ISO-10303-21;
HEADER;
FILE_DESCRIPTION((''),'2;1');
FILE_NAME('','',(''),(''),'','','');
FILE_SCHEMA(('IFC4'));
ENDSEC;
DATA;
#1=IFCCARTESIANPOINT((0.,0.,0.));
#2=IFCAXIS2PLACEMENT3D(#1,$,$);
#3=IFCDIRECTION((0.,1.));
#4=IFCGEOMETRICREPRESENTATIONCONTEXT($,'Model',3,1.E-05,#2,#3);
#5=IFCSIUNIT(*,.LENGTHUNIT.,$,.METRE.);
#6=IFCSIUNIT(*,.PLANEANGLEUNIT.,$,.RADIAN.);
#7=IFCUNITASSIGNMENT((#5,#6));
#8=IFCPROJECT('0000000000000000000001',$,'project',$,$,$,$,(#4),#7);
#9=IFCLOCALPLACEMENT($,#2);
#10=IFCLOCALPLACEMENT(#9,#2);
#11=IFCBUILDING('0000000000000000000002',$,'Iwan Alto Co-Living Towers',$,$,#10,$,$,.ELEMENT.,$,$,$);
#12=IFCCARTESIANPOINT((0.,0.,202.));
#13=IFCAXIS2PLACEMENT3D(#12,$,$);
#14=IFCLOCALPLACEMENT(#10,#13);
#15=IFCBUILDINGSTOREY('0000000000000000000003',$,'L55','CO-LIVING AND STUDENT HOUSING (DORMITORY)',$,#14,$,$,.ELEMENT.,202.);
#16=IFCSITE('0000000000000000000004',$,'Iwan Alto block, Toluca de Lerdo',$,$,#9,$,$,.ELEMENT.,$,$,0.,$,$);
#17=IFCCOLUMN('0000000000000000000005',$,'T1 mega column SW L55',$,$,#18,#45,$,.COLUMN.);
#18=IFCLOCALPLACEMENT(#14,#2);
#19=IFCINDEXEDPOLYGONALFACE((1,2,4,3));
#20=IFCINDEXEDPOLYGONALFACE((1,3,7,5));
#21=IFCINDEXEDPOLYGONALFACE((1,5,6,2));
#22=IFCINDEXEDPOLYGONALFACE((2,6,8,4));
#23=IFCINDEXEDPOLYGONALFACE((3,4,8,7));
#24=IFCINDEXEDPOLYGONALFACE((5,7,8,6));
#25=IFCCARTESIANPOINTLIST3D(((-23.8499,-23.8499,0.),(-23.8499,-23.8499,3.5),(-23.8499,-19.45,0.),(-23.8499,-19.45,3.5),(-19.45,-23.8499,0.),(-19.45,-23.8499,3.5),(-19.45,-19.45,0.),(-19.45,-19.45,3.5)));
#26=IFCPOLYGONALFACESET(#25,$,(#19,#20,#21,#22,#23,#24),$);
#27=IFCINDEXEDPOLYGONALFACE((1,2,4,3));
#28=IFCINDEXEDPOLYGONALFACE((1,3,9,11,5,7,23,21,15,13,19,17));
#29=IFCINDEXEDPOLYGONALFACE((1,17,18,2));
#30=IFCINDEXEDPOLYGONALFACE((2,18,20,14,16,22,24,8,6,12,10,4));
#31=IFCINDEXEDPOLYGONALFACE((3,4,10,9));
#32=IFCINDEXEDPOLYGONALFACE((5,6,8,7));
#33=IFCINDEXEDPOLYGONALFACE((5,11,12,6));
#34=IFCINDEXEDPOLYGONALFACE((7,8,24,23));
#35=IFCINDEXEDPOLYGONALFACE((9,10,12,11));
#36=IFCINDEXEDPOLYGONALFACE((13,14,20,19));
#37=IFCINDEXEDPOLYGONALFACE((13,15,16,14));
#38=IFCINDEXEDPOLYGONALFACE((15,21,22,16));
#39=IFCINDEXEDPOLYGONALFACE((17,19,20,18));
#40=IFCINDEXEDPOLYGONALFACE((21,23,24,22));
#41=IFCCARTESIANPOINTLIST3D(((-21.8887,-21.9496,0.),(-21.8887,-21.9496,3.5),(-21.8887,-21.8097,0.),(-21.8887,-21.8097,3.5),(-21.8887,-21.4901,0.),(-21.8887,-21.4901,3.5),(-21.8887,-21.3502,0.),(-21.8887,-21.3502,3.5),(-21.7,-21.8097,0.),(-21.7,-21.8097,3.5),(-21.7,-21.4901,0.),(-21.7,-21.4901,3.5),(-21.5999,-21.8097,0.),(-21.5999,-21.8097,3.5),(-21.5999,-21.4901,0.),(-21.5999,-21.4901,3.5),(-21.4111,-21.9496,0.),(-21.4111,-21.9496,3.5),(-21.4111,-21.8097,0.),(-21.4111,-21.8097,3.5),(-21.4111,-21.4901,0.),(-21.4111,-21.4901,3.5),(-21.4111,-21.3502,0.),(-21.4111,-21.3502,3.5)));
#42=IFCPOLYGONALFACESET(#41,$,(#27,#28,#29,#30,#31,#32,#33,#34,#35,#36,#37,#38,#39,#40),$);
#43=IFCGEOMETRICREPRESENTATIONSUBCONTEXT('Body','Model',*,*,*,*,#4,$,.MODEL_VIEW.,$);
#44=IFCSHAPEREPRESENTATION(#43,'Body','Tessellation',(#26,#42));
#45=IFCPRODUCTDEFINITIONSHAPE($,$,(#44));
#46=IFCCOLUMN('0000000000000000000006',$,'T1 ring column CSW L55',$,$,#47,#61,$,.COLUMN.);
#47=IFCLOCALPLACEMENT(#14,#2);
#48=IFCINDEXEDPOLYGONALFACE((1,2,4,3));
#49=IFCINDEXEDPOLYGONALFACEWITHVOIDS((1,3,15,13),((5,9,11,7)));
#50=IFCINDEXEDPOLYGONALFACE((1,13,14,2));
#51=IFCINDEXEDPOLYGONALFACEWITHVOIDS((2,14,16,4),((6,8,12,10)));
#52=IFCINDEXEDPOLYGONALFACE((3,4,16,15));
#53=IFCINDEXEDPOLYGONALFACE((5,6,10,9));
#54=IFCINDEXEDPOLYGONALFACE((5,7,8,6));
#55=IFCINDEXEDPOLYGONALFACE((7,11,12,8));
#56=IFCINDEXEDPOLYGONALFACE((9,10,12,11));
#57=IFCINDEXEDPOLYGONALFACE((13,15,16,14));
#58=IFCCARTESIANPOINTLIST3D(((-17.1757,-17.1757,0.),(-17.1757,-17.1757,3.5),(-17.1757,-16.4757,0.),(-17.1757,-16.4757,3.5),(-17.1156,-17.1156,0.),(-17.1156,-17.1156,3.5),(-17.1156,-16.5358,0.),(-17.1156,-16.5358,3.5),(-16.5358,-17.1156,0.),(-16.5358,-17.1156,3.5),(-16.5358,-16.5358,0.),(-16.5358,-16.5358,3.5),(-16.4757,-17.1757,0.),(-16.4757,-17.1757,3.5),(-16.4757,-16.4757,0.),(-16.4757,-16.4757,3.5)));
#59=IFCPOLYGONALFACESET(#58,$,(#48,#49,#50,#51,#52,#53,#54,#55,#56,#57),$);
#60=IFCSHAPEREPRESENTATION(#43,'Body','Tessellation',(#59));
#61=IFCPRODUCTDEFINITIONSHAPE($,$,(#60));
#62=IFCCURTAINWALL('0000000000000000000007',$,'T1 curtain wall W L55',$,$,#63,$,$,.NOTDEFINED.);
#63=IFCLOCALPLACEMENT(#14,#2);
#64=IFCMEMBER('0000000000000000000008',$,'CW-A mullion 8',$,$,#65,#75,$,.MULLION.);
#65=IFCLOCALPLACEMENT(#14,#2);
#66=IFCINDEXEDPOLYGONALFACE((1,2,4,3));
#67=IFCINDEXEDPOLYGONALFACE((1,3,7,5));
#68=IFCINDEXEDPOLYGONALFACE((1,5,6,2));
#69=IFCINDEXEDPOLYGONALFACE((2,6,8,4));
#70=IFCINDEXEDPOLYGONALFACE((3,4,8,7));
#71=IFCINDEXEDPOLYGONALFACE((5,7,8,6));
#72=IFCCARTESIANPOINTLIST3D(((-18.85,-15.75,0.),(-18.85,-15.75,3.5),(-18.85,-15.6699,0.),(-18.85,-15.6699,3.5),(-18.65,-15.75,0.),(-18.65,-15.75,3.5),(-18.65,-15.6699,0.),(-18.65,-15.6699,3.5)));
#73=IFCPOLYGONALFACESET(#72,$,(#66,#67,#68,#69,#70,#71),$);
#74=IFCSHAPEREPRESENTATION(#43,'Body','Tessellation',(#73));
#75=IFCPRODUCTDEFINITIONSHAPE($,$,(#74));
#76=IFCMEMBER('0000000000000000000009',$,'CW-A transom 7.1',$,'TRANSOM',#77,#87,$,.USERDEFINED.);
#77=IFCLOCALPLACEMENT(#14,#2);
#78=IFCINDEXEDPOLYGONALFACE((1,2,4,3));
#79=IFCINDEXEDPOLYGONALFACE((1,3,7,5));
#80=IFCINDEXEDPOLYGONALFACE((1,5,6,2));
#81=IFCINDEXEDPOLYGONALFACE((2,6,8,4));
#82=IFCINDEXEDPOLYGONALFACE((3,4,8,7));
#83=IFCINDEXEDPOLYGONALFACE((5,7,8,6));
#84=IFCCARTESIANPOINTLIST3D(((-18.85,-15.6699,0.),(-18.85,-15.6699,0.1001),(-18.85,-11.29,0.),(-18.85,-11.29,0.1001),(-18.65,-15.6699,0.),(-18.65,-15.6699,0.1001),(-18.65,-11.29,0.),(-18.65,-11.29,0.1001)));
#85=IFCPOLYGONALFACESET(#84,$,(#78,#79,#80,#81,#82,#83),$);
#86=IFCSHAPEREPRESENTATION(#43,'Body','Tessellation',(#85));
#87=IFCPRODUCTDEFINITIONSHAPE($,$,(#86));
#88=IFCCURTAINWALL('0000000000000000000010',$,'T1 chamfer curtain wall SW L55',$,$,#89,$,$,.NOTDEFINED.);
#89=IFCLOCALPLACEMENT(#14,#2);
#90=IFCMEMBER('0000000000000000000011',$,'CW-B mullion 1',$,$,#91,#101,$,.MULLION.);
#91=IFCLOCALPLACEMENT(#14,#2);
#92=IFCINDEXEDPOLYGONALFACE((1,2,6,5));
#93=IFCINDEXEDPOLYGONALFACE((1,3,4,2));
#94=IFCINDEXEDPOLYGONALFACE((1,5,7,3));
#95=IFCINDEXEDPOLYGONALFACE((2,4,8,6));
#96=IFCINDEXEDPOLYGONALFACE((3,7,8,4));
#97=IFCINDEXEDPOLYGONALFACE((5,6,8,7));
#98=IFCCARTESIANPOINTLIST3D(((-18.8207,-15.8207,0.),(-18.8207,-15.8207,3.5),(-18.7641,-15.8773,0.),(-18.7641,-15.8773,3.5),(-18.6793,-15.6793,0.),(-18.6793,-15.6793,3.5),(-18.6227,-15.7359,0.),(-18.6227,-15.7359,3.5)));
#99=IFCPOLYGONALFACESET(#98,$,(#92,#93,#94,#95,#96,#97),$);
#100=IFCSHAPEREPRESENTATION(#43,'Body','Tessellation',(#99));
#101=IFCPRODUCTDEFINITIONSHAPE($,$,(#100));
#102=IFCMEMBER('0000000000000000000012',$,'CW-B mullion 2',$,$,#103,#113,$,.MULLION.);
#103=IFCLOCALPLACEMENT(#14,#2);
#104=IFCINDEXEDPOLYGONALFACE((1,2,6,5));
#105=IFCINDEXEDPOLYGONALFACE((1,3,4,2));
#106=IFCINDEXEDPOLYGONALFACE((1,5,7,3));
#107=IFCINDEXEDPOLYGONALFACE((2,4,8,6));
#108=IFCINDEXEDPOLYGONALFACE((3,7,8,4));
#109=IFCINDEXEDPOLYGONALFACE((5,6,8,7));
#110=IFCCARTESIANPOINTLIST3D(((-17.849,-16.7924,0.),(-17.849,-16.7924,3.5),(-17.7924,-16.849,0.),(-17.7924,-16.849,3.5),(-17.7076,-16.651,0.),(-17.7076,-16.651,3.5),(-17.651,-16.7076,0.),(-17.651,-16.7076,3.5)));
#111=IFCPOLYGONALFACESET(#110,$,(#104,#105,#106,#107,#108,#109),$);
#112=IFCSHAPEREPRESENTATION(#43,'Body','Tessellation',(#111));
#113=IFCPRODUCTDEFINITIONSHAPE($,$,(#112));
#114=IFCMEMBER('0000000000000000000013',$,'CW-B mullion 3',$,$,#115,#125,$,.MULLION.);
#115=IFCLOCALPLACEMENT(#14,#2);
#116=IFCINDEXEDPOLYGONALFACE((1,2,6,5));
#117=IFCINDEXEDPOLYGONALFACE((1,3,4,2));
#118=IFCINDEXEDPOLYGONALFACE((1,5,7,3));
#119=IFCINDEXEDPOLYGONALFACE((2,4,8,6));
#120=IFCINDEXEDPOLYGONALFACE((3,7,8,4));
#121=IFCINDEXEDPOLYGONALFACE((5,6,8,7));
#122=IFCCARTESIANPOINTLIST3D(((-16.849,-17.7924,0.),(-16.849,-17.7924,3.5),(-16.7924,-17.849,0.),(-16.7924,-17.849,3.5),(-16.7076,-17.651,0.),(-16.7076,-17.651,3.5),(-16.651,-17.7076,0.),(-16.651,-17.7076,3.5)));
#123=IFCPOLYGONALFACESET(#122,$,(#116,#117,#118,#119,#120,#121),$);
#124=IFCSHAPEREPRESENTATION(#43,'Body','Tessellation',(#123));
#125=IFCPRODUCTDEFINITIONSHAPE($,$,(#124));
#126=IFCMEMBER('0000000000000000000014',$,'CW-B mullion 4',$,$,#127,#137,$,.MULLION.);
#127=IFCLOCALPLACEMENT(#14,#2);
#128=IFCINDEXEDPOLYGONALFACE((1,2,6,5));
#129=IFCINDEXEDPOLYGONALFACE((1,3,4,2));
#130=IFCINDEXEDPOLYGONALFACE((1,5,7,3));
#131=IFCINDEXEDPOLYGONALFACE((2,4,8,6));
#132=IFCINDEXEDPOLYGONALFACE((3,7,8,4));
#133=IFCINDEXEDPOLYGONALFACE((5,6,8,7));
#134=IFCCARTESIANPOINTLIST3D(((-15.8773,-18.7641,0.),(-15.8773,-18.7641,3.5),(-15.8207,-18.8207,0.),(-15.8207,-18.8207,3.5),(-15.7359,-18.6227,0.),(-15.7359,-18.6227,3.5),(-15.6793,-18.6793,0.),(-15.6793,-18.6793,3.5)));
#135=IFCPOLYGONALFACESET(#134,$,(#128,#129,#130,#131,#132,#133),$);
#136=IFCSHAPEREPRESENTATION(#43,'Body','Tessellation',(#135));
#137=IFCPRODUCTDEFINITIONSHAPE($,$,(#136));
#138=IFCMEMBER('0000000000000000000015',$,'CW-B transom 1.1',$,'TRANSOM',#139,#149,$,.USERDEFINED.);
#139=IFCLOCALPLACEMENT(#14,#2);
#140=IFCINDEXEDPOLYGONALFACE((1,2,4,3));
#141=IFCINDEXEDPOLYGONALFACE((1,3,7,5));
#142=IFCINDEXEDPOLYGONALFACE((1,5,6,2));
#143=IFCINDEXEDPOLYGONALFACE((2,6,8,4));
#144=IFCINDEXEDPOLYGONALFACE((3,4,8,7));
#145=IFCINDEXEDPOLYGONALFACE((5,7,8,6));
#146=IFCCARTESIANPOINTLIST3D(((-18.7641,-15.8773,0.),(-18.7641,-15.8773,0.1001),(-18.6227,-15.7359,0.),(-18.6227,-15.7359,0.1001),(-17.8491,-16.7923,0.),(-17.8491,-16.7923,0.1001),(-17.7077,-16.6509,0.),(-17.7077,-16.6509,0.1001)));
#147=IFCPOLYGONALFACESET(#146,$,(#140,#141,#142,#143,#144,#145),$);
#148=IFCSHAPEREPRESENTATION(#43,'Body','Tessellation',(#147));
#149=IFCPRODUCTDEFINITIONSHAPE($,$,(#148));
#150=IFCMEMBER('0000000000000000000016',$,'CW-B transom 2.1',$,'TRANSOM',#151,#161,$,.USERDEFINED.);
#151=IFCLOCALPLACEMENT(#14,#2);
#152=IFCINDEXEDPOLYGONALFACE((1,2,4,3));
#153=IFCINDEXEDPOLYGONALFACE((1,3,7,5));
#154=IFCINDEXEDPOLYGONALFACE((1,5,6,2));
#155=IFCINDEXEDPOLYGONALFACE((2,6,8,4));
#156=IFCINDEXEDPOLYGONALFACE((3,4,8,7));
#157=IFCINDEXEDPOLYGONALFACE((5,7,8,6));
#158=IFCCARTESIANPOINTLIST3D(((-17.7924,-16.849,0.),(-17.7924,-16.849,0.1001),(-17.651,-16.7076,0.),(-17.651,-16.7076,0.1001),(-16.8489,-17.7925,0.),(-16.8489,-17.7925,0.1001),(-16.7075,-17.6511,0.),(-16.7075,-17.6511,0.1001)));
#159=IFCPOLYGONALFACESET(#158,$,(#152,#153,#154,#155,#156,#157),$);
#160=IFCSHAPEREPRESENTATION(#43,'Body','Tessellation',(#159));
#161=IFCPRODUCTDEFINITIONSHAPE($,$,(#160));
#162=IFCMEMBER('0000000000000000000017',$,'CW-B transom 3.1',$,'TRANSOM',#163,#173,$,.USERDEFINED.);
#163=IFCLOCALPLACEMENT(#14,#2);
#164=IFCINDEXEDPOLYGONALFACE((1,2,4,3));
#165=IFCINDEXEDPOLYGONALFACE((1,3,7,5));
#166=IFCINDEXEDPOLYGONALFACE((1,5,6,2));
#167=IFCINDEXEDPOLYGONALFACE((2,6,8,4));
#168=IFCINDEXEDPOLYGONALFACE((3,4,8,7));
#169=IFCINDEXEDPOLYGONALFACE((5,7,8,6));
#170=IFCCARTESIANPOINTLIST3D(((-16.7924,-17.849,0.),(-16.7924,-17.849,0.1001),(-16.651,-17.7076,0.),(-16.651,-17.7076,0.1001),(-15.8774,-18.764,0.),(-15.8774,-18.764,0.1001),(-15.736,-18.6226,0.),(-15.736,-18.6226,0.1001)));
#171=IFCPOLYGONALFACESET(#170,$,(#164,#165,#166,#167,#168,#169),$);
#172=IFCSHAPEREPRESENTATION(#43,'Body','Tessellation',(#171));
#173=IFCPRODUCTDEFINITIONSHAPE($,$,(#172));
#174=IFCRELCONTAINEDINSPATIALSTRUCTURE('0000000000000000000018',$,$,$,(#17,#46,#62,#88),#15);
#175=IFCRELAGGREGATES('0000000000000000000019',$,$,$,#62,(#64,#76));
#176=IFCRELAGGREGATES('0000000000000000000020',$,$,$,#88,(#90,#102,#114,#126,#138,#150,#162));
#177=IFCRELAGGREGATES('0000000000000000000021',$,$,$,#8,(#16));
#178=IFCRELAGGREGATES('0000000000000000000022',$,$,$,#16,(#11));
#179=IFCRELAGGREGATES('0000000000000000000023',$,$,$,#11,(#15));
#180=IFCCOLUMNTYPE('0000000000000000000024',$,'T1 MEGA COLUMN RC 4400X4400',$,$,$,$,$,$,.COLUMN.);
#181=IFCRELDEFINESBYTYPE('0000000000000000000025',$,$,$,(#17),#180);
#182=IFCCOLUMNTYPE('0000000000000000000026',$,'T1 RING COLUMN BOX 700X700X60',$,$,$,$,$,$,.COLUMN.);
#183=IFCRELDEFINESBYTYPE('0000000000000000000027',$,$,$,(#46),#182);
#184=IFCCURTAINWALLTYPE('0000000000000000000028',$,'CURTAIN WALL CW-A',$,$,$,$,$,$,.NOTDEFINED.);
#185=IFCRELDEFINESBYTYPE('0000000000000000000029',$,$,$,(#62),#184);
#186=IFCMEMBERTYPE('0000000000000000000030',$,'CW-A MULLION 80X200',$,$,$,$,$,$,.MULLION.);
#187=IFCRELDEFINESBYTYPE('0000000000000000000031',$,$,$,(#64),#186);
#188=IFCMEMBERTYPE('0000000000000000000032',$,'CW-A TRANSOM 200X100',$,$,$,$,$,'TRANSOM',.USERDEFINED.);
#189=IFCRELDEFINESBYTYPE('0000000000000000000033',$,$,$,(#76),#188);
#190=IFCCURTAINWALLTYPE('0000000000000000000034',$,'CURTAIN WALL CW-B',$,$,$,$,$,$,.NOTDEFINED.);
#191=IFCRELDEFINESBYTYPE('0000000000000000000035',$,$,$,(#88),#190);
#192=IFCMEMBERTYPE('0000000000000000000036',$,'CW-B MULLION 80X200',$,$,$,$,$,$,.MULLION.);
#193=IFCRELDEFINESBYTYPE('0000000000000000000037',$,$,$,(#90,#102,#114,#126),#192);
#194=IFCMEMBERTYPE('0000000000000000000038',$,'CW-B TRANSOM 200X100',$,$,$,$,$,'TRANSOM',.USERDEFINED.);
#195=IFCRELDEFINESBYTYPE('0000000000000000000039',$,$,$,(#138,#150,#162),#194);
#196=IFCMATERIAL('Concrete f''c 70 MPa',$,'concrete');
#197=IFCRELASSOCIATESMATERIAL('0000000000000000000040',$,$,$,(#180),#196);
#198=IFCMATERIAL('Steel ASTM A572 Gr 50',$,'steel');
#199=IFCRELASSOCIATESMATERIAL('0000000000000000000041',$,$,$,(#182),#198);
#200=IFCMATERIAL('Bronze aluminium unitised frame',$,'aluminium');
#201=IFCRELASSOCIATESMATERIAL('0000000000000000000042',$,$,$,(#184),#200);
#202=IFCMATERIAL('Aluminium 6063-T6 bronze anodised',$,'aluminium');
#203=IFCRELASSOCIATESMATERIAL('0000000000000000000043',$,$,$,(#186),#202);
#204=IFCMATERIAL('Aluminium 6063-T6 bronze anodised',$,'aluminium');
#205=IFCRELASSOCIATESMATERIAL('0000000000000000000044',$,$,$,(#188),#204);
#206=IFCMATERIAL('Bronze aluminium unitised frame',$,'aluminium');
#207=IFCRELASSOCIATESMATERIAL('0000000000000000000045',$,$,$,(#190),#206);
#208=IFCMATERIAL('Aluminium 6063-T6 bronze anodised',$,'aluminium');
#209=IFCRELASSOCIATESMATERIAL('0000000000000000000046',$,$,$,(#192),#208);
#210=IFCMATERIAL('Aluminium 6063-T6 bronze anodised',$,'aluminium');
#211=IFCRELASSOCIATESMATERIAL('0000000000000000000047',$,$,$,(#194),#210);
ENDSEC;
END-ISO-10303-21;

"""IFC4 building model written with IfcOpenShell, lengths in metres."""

from ifc_helpers import new_model, si_unit, direction, frame, origin, origin_2d, place, context, subcontext, project, spatial, rectangle, hollow_rectangle, i_section, extrude, material, material_profile, profile_set, type_object, element, aggregate, save


model = new_model("IFC4")

# Units and contexts
model_context = context("Model", 3, precision=1e-05, world=origin(), true_north=direction((0.0, 1.0)))
body_context = subcontext(model_context, "Body", "Model", "MODEL_VIEW")
ifc_project = project(units=[si_unit("LENGTHUNIT", "METRE"), si_unit("PLANEANGLEUNIT", "RADIAN")], contexts=[model_context])

# Site, building, storey
site_placement = place(None, origin())
site = spatial("IfcSite", under=ifc_project, at=site_placement, Name="Iwan Alto block, Toluca de Lerdo", CompositionType="ELEMENT", RefElevation=0.0)
building_placement = place(site_placement, origin())
building = spatial("IfcBuilding", under=site, at=building_placement, Name="Iwan Alto Co-Living Towers", CompositionType="ELEMENT")
storey_placement = place(building_placement, frame((0.0, 0.0, 202.0)))
storey = spatial("IfcBuildingStorey", under=building, at=storey_placement, Name="L55", Description="CO-LIVING AND STUDENT HOUSING (DORMITORY)", CompositionType="ELEMENT", Elevation=202.0)

# Columns
ifc_material_1 = material(Name="Concrete f'c 70 MPa", Category="concrete")
ifc_material_profile_1 = material_profile(ifc_material_1, rectangle(XDim=4.3999, YDim=4.3999, at=origin_2d()), Name="RC 4400X4400")
ifc_profile_set_1 = profile_set([ifc_material_profile_1], Name="Concrete f'c 70 MPa")
column_type_1 = type_object("IfcColumnType", Name="T1 MEGA COLUMN RC 4400X4400", PredefinedType="COLUMN", material=ifc_profile_set_1)
column_1_placement = place(storey_placement, frame((-21.6499, -21.6499, 0.0), z_axis=(0.0, 0.0, 1.0), x_axis=(1.0, 0.0, 0.0)))
element("IfcColumn", 1, at=column_1_placement, inside=storey, type_object=column_type_1, Name="T1 mega column SW L55", PredefinedType="COLUMN", context=body_context, shape_type="SweptSolid", body=[
    extrude(rectangle(XDim=4.3999, YDim=4.3999, at=origin_2d()), origin(), (0.0, 0.0, 1.0), 3.5),
    extrude(i_section(OverallWidth=0.4775, OverallDepth=0.5994, WebThickness=0.1001, FlangeThickness=0.1399, at=origin_2d()), origin(), (0.0, 0.0, 1.0), 3.5),
])
ifc_material_2 = material(Name="Steel ASTM A572 Gr 50", Category="steel")
ifc_material_profile_2 = material_profile(ifc_material_2, hollow_rectangle(XDim=0.7, YDim=0.7, WallThickness=0.0601, at=origin_2d()), Name="BOX 700X700X60")
ifc_profile_set_2 = profile_set([ifc_material_profile_2], Name="Steel ASTM A572 Gr 50")
column_type_2 = type_object("IfcColumnType", Name="T1 RING COLUMN BOX 700X700X60", PredefinedType="COLUMN", material=ifc_profile_set_2)
column_2_placement = place(storey_placement, frame((-16.8257, -16.8257, 0.0), z_axis=(0.0, 0.0, 1.0), x_axis=(1.0, 0.0, 0.0)))
element("IfcColumn", 2, at=column_2_placement, inside=storey, type_object=column_type_2, Name="T1 ring column CSW L55", PredefinedType="COLUMN", context=body_context, shape_type="SweptSolid", body=[
    extrude(hollow_rectangle(XDim=0.7, YDim=0.7, WallThickness=0.0601, at=origin_2d()), origin(), (0.0, 0.0, 1.0), 3.5),
])

# Curtain walls, members
ifc_material_3 = material(Name="Bronze aluminium unitised frame", Category="aluminium")
curtain_wall_type_1 = type_object("IfcCurtainWallType", Name="CURTAIN WALL CW-A", PredefinedType="NOTDEFINED", material=ifc_material_3)
curtain_wall_1_placement = place(storey_placement, origin())
curtain_wall_1 = element("IfcCurtainWall", 3, at=curtain_wall_1_placement, inside=storey, type_object=curtain_wall_type_1, Name="T1 curtain wall W L55", PredefinedType="NOTDEFINED")
ifc_material_4 = material(Name="Aluminium 6063-T6 bronze anodised", Category="aluminium")
ifc_material_profile_3 = material_profile(ifc_material_4, rectangle(XDim=0.2, YDim=0.0801, at=origin_2d()), Name="AL 80X200")
ifc_profile_set_3 = profile_set([ifc_material_profile_3], Name="Aluminium 6063-T6 bronze anodised")
member_type_1 = type_object("IfcMemberType", Name="CW-A MULLION 80X200", PredefinedType="MULLION", material=ifc_profile_set_3)
member_1_placement = place(storey_placement, frame((-18.75, -15.71, 0.0), z_axis=(0.0, 0.0, 1.0), x_axis=(1.0, 0.0, 0.0)))
member_1 = element("IfcMember", 4, at=member_1_placement, type_object=member_type_1, Name="CW-A mullion 8", PredefinedType="MULLION", context=body_context, shape_type="SweptSolid", body=[
    extrude(rectangle(XDim=0.2, YDim=0.0801, at=origin_2d()), origin(), (0.0, 0.0, 1.0), 3.5),
])
ifc_material_5 = material(Name="Aluminium 6063-T6 bronze anodised", Category="aluminium")
ifc_material_profile_4 = material_profile(ifc_material_5, rectangle(XDim=0.2, YDim=0.1001, at=origin_2d()), Name="AL 200X100")
ifc_profile_set_4 = profile_set([ifc_material_profile_4], Name="Aluminium 6063-T6 bronze anodised")
member_type_2 = type_object("IfcMemberType", Name="CW-A TRANSOM 200X100", ElementType="TRANSOM", PredefinedType="USERDEFINED", material=ifc_profile_set_4)
member_2_placement = place(storey_placement, frame((-18.75, -11.29, 0.05), z_axis=(0.0, -1.0, 0.0), x_axis=(1.0, 0.0, 0.0)))
member_2 = element("IfcMember", 5, at=member_2_placement, type_object=member_type_2, Name="CW-A transom 7.1", ObjectType="TRANSOM", PredefinedType="USERDEFINED", context=body_context, shape_type="SweptSolid", body=[
    extrude(rectangle(XDim=0.2, YDim=0.1001, at=origin_2d()), origin(), (0.0, 0.0, 1.0), 4.3799),
])
ifc_material_6 = material(Name="Bronze aluminium unitised frame", Category="aluminium")
curtain_wall_type_2 = type_object("IfcCurtainWallType", Name="CURTAIN WALL CW-B", PredefinedType="NOTDEFINED", material=ifc_material_6)
curtain_wall_2_placement = place(storey_placement, origin())
curtain_wall_2 = element("IfcCurtainWall", 6, at=curtain_wall_2_placement, inside=storey, type_object=curtain_wall_type_2, Name="T1 chamfer curtain wall SW L55", PredefinedType="NOTDEFINED")
ifc_material_7 = material(Name="Aluminium 6063-T6 bronze anodised", Category="aluminium")
ifc_material_profile_5 = material_profile(ifc_material_7, rectangle(XDim=0.2, YDim=0.0801, at=origin_2d()), Name="AL 80X200")
ifc_profile_set_5 = profile_set([ifc_material_profile_5], Name="Aluminium 6063-T6 bronze anodised")
member_type_3 = type_object("IfcMemberType", Name="CW-B MULLION 80X200", PredefinedType="MULLION", material=ifc_profile_set_5)
member_3_placement = place(storey_placement, frame((-18.7217, -15.7783, 0.0), z_axis=(0.0, 0.0, 1.0), x_axis=(0.707107, 0.707107, 0.0)))
member_3 = element("IfcMember", 7, at=member_3_placement, type_object=member_type_3, Name="CW-B mullion 1", PredefinedType="MULLION", context=body_context, shape_type="SweptSolid", body=[
    extrude(rectangle(XDim=0.2, YDim=0.0801, at=origin_2d()), origin(), (0.0, 0.0, 1.0), 3.5),
])
member_4_placement = place(storey_placement, frame((-17.75, -16.75, 0.0), z_axis=(0.0, 0.0, 1.0), x_axis=(0.707107, 0.707107, 0.0)))
member_4 = element("IfcMember", 8, at=member_4_placement, type_object=member_type_3, Name="CW-B mullion 2", PredefinedType="MULLION", context=body_context, shape_type="SweptSolid", body=[
    extrude(rectangle(XDim=0.2, YDim=0.0801, at=origin_2d()), origin(), (0.0, 0.0, 1.0), 3.5),
])
member_5_placement = place(storey_placement, frame((-16.75, -17.75, 0.0), z_axis=(0.0, 0.0, 1.0), x_axis=(0.707107, 0.707107, 0.0)))
member_5 = element("IfcMember", 9, at=member_5_placement, type_object=member_type_3, Name="CW-B mullion 3", PredefinedType="MULLION", context=body_context, shape_type="SweptSolid", body=[
    extrude(rectangle(XDim=0.2, YDim=0.0801, at=origin_2d()), origin(), (0.0, 0.0, 1.0), 3.5),
])
member_6_placement = place(storey_placement, frame((-15.7783, -18.7217, 0.0), z_axis=(0.0, 0.0, 1.0), x_axis=(0.707107, 0.707107, 0.0)))
member_6 = element("IfcMember", 10, at=member_6_placement, type_object=member_type_3, Name="CW-B mullion 4", PredefinedType="MULLION", context=body_context, shape_type="SweptSolid", body=[
    extrude(rectangle(XDim=0.2, YDim=0.0801, at=origin_2d()), origin(), (0.0, 0.0, 1.0), 3.5),
])
ifc_material_8 = material(Name="Aluminium 6063-T6 bronze anodised", Category="aluminium")
ifc_material_profile_6 = material_profile(ifc_material_8, rectangle(XDim=0.2, YDim=0.1001, at=origin_2d()), Name="AL 200X100")
ifc_profile_set_6 = profile_set([ifc_material_profile_6], Name="Aluminium 6063-T6 bronze anodised")
member_type_4 = type_object("IfcMemberType", Name="CW-B TRANSOM 200X100", ElementType="TRANSOM", PredefinedType="USERDEFINED", material=ifc_profile_set_6)
member_7_placement = place(storey_placement, frame((-18.6934, -15.8066, 0.05), z_axis=(0.707107, -0.707107, 0.0), x_axis=(0.707107, 0.707107, 0.0)))
member_7 = element("IfcMember", 11, at=member_7_placement, type_object=member_type_4, Name="CW-B transom 1.1", ObjectType="TRANSOM", PredefinedType="USERDEFINED", context=body_context, shape_type="SweptSolid", body=[
    extrude(rectangle(XDim=0.2, YDim=0.1001, at=origin_2d()), origin(), (0.0, 0.0, 1.0), 1.2939),
])
member_8_placement = place(storey_placement, frame((-17.7217, -16.7783, 0.05), z_axis=(0.707107, -0.707107, 0.0), x_axis=(0.707107, 0.707107, 0.0)))
member_8 = element("IfcMember", 12, at=member_8_placement, type_object=member_type_4, Name="CW-B transom 2.1", ObjectType="TRANSOM", PredefinedType="USERDEFINED", context=body_context, shape_type="SweptSolid", body=[
    extrude(rectangle(XDim=0.2, YDim=0.1001, at=origin_2d()), origin(), (0.0, 0.0, 1.0), 1.3342),
])
member_9_placement = place(storey_placement, frame((-16.7217, -17.7783, 0.05), z_axis=(0.707107, -0.707107, 0.0), x_axis=(0.707107, 0.707107, 0.0)))
member_9 = element("IfcMember", 13, at=member_9_placement, type_object=member_type_4, Name="CW-B transom 3.1", ObjectType="TRANSOM", PredefinedType="USERDEFINED", context=body_context, shape_type="SweptSolid", body=[
    extrude(rectangle(XDim=0.2, YDim=0.1001, at=origin_2d()), origin(), (0.0, 0.0, 1.0), 1.2939),
])

aggregate(curtain_wall_1, [member_1, member_2])
aggregate(curtain_wall_2, [member_3, member_4, member_5, member_6, member_7, member_8, member_9])

save(model, "model.ifc")
